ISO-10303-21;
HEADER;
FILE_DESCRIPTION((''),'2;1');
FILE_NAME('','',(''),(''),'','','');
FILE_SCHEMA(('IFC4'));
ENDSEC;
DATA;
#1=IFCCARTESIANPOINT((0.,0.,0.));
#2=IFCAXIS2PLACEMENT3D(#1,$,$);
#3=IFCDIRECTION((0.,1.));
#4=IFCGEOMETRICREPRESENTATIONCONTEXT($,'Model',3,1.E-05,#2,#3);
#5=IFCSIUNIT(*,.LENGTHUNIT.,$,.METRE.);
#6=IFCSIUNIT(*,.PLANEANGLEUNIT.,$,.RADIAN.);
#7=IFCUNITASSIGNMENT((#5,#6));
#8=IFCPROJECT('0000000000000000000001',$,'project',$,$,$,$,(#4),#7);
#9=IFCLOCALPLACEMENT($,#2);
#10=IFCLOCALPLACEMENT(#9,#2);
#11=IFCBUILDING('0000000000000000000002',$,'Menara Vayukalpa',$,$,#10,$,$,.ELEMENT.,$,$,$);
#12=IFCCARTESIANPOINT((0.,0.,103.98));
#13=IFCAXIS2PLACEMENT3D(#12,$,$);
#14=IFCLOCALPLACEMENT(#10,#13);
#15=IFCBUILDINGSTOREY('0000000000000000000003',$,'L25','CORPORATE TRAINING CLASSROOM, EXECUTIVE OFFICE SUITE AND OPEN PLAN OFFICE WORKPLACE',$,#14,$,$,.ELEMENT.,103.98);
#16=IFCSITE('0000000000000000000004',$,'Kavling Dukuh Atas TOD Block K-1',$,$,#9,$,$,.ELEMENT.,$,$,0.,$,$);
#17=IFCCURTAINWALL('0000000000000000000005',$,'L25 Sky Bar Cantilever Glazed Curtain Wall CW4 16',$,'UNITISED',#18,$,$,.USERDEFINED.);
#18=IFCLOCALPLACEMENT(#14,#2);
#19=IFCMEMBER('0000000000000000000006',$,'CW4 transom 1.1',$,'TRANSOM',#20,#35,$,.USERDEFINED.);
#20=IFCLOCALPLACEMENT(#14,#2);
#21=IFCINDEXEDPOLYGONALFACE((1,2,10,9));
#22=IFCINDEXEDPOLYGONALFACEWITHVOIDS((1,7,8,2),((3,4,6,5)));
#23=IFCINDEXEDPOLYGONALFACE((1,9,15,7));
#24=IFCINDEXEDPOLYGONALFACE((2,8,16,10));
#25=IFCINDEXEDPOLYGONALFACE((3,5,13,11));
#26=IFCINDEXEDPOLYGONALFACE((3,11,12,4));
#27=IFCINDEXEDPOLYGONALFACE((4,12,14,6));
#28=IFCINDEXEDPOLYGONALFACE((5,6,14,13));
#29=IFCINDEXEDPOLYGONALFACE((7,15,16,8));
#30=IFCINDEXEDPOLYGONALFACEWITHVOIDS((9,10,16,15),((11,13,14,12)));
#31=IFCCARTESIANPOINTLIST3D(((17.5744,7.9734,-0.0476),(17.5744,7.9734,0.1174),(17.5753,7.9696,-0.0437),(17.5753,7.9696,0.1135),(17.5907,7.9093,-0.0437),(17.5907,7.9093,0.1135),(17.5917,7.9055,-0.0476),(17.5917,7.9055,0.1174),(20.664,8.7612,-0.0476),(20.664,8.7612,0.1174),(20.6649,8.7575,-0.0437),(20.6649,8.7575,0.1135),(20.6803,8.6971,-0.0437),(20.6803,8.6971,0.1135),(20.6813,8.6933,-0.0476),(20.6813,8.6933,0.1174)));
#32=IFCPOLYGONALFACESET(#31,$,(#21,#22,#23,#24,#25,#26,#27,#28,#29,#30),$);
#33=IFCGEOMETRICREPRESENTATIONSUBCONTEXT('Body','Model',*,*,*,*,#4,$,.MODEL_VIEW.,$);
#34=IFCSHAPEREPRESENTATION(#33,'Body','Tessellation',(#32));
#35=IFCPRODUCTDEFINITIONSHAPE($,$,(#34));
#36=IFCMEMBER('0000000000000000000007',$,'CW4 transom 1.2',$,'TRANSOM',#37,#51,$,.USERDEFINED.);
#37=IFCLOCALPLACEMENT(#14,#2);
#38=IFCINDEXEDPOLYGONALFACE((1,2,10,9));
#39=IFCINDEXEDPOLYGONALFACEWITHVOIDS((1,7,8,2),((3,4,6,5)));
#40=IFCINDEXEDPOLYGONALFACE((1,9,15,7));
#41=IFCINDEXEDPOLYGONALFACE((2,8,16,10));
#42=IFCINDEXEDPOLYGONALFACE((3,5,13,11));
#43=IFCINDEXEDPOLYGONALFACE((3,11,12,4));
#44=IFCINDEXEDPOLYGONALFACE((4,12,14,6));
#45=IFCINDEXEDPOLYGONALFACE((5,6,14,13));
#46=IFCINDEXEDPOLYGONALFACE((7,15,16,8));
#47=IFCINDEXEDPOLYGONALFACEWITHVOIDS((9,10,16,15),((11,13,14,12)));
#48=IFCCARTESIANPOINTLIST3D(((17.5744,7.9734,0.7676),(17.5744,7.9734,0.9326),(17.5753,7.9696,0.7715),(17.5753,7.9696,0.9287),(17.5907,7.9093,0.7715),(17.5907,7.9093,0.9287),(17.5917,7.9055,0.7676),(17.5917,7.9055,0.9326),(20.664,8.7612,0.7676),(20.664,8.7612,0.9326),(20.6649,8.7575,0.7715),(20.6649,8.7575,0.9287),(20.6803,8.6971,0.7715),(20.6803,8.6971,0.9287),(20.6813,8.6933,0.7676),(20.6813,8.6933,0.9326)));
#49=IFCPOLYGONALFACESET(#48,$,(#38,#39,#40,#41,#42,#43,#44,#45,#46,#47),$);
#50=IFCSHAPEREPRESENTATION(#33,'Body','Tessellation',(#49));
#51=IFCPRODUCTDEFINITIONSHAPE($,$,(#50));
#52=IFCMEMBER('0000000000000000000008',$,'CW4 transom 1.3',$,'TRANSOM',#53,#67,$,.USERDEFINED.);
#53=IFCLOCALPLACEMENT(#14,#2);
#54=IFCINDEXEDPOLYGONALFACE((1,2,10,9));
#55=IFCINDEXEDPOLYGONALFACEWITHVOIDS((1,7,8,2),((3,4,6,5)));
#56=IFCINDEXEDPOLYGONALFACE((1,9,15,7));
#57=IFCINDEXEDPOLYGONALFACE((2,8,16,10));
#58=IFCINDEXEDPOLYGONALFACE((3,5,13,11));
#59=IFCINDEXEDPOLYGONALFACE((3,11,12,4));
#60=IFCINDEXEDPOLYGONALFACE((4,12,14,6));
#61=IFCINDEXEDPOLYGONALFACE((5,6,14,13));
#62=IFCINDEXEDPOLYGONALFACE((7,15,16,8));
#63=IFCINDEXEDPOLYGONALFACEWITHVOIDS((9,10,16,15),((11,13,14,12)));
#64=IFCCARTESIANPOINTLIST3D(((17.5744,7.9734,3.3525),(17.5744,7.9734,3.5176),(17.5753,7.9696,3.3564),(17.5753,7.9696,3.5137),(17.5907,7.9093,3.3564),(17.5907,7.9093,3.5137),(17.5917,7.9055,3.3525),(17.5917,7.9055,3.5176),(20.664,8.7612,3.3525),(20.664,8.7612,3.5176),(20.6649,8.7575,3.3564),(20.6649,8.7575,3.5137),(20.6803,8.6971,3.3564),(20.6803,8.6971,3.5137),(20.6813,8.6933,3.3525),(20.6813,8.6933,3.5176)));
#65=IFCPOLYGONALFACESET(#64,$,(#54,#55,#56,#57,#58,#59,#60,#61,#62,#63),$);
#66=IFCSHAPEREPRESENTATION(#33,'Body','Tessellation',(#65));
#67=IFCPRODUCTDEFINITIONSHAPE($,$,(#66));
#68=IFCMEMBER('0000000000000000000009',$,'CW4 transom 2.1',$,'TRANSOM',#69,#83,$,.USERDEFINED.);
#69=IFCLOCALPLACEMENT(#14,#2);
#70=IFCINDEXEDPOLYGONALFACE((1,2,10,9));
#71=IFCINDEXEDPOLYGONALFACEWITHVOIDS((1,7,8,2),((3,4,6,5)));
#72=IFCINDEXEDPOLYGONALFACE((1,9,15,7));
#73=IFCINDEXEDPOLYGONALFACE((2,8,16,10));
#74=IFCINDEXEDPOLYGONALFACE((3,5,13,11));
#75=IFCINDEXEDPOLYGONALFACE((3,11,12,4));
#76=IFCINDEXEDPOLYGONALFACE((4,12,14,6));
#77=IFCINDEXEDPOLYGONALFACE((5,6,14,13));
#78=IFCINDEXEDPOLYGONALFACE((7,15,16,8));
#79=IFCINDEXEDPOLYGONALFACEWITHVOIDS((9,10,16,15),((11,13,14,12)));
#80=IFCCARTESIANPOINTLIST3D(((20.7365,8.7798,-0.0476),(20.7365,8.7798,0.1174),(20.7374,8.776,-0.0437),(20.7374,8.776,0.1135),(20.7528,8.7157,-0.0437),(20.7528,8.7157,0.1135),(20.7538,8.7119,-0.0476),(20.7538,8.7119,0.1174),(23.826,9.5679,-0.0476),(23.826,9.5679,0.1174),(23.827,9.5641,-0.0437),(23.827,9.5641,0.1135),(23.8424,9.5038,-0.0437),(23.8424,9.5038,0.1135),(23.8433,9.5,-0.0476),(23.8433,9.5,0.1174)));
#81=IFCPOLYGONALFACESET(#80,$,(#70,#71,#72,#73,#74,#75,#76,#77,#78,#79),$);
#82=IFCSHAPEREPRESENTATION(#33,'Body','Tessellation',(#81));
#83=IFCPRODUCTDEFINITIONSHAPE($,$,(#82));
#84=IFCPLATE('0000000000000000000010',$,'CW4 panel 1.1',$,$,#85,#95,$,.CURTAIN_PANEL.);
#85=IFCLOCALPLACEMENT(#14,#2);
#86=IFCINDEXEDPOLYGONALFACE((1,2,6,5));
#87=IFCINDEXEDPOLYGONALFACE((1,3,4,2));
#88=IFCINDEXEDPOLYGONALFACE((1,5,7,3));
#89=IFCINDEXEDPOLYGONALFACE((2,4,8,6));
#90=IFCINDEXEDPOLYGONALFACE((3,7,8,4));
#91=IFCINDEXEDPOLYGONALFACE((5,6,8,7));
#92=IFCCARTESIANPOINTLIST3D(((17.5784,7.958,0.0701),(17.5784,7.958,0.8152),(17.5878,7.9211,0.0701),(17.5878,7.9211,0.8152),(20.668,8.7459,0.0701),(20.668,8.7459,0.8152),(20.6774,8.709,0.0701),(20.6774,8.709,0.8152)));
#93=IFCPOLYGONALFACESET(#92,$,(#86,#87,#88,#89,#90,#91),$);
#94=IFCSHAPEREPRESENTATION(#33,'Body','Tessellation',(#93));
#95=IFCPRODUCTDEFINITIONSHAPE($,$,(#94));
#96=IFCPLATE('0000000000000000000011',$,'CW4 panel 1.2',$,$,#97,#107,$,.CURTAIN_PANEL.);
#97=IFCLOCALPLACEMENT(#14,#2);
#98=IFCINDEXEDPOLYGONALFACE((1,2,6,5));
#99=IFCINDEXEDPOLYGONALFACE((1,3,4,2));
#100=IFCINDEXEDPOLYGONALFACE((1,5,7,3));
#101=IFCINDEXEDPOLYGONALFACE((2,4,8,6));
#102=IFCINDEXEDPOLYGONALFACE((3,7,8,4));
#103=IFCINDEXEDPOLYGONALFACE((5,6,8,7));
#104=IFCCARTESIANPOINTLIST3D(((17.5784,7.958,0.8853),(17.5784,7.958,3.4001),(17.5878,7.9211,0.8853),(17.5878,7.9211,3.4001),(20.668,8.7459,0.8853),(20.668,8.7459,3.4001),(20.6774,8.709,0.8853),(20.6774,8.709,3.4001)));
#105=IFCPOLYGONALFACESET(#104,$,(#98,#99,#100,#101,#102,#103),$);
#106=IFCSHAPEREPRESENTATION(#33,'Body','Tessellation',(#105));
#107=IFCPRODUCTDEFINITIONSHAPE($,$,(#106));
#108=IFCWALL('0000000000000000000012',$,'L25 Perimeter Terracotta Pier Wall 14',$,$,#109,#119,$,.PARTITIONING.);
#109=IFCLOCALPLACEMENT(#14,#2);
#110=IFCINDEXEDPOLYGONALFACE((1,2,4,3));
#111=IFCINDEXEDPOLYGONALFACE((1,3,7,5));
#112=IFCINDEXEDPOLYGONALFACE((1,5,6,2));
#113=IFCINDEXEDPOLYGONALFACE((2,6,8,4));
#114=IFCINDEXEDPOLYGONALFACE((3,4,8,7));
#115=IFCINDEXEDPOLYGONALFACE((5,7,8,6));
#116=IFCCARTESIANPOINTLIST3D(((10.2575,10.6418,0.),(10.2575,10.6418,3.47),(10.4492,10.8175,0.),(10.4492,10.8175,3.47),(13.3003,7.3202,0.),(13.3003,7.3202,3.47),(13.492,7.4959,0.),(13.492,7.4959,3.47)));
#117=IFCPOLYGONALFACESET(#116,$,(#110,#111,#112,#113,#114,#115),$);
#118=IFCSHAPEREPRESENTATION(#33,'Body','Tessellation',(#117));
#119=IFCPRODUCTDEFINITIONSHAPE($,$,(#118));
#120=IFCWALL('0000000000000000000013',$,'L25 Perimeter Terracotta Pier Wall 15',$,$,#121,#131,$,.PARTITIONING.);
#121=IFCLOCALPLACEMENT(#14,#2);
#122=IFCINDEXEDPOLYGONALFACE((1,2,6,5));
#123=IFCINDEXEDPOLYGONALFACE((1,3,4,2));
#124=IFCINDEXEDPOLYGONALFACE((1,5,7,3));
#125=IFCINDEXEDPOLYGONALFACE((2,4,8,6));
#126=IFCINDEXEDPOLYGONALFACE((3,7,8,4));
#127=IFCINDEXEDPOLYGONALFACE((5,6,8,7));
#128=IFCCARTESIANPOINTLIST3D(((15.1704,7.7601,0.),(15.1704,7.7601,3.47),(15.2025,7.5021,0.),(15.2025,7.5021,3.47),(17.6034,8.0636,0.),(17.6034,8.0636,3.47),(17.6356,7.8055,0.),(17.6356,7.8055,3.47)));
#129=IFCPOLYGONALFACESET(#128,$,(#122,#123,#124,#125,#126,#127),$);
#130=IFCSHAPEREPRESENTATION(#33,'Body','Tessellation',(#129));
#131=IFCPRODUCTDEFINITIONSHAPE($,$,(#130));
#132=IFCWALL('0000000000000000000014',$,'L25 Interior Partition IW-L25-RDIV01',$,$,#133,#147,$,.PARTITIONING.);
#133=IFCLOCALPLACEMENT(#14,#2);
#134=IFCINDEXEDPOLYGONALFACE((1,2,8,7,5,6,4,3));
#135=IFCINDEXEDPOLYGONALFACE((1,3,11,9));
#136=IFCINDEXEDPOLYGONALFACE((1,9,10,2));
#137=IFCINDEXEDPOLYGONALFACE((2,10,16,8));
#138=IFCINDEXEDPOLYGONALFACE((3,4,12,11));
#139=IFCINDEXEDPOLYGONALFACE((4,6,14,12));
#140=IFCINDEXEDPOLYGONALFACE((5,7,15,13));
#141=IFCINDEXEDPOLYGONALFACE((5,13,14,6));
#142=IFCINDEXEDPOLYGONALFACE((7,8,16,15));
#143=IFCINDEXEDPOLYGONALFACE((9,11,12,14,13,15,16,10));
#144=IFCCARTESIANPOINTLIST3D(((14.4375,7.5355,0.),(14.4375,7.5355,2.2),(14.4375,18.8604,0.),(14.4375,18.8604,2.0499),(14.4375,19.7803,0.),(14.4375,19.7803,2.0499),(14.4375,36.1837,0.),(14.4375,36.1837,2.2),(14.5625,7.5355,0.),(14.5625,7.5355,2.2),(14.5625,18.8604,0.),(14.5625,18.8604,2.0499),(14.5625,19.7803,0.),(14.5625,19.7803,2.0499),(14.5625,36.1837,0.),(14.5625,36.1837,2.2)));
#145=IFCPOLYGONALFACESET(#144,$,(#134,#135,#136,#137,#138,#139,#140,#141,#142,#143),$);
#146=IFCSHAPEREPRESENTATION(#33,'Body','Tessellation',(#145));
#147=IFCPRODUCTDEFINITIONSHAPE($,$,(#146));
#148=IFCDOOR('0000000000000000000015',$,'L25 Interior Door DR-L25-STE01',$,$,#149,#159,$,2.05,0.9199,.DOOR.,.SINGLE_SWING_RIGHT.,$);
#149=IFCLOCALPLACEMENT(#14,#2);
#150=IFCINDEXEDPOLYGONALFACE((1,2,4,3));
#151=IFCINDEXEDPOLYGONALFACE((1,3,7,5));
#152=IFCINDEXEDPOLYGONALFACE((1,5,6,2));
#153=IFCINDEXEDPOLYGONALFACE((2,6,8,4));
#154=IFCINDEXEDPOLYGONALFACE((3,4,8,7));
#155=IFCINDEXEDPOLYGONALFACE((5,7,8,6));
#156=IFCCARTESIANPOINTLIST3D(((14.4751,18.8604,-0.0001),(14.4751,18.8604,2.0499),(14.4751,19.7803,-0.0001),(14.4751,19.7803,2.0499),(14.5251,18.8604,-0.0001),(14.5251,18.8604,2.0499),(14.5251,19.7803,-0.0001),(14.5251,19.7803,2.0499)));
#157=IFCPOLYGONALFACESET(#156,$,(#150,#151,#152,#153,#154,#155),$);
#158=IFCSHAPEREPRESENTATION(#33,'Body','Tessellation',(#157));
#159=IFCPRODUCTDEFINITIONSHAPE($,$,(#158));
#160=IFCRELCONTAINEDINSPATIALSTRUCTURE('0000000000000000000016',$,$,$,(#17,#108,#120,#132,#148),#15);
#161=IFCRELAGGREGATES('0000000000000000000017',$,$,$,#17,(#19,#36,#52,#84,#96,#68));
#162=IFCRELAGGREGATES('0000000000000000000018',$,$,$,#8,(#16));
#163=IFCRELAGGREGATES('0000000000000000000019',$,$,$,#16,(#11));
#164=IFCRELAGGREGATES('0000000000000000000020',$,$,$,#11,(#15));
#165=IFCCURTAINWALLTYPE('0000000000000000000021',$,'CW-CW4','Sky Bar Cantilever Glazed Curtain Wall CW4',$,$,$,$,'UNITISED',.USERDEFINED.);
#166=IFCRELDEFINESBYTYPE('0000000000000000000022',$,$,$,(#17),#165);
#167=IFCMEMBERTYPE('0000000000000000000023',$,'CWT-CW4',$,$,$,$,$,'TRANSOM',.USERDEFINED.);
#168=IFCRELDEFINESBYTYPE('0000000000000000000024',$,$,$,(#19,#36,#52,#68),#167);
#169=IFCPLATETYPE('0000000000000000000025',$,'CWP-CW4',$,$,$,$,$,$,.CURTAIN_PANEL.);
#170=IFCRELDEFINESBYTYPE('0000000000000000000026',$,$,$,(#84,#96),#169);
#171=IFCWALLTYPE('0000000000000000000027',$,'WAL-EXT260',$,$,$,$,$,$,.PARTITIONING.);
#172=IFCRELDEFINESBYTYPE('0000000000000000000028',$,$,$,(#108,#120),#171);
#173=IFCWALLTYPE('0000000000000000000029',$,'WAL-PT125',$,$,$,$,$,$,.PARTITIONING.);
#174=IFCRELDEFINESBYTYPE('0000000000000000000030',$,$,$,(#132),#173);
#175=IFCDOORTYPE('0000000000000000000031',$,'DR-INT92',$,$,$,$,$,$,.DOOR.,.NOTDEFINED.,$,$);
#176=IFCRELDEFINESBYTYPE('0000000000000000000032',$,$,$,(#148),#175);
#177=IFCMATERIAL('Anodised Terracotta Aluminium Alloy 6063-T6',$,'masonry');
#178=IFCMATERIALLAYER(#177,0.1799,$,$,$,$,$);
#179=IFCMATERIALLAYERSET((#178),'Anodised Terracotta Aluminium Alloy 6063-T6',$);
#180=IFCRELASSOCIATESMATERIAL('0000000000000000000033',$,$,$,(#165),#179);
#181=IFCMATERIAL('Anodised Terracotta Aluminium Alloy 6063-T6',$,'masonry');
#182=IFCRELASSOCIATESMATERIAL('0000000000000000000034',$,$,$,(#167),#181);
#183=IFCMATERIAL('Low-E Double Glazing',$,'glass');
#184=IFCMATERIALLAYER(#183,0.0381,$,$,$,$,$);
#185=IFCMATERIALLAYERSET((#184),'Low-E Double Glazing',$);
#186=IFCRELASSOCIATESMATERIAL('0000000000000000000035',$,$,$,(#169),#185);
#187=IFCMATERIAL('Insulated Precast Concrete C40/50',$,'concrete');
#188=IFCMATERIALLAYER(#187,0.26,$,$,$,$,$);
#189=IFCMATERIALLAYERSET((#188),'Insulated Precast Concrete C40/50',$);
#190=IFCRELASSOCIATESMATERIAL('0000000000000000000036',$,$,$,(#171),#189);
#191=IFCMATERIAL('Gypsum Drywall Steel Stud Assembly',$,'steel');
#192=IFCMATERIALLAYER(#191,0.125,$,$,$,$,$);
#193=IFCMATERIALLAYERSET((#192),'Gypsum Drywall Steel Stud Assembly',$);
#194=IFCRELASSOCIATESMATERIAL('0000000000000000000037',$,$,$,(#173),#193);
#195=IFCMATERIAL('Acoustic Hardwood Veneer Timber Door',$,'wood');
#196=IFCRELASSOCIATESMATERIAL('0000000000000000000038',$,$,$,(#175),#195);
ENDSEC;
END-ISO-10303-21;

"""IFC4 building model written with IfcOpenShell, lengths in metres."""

from ifc_helpers import new_model, si_unit, direction, frame, frame_2d, origin, origin_2d, place, context, subcontext, project, spatial, rectangle, hollow_rectangle, extrude, material, layer, layer_set, material_profile, profile_set, type_object, element, fill, aggregate, save


model = new_model("IFC4")

# Units and contexts
model_context = context("Model", 3, precision=1e-05, world=origin(), true_north=direction((0.0, 1.0)))
body_context = subcontext(model_context, "Body", "Model", "MODEL_VIEW")
ifc_project = project(units=[si_unit("LENGTHUNIT", "METRE"), si_unit("PLANEANGLEUNIT", "RADIAN")], contexts=[model_context])

# Site, building, storey
site_placement = place(None, origin())
site = spatial("IfcSite", under=ifc_project, at=site_placement, Name="Kavling Dukuh Atas TOD Block K-1", CompositionType="ELEMENT", RefElevation=0.0)
building_placement = place(site_placement, origin())
building = spatial("IfcBuilding", under=site, at=building_placement, Name="Menara Vayukalpa", CompositionType="ELEMENT")
storey_placement = place(building_placement, frame((0.0, 0.0, 103.98)))
storey = spatial("IfcBuildingStorey", under=building, at=storey_placement, Name="L25", Description="CORPORATE TRAINING CLASSROOM, EXECUTIVE OFFICE SUITE AND OPEN PLAN OFFICE WORKPLACE", CompositionType="ELEMENT", Elevation=103.98)

# Shared definitions
ifc_material_1 = material(Name="Anodised Terracotta Aluminium Alloy 6063-T6", Category="masonry")
ifc_layer_1 = layer(ifc_material_1, 0.1799)
ifc_layer_set_1 = layer_set([ifc_layer_1], Name="Anodised Terracotta Aluminium Alloy 6063-T6")
curtain_wall_type = type_object("IfcCurtainWallType", Name="CW-CW4", Description="Sky Bar Cantilever Glazed Curtain Wall CW4", ElementType="UNITISED", PredefinedType="USERDEFINED", material=ifc_layer_set_1)

# Curtain wall, members, plates
curtain_wall_1_placement = place(storey_placement, origin())
curtain_wall_1 = element("IfcCurtainWall", 1, at=curtain_wall_1_placement, inside=storey, type_object=curtain_wall_type, Name="L25 Sky Bar Cantilever Glazed Curtain Wall CW4 16", ObjectType="UNITISED", PredefinedType="USERDEFINED")
ifc_material_2 = material(Name="Anodised Terracotta Aluminium Alloy 6063-T6", Category="masonry")
ifc_material_profile_1 = material_profile(ifc_material_2, hollow_rectangle(XDim=0.0701, YDim=0.165, WallThickness=0.0039, at=origin_2d()), Name="ALU 70x165x4")
ifc_profile_set_1 = profile_set([ifc_material_profile_1], Name="Anodised Terracotta Aluminium Alloy 6063-T6")
member_type_1 = type_object("IfcMemberType", Name="CWT-CW4", ElementType="TRANSOM", PredefinedType="USERDEFINED", material=ifc_profile_set_1)
member_1_placement = place(storey_placement, frame((17.583, 7.9395, 0.0349), z_axis=(0.968992, 0.247091, 0.0), x_axis=(-0.247091, 0.968992, 0.0)))
member_1 = element("IfcMember", 2, at=member_1_placement, type_object=member_type_1, Name="CW4 transom 1.1", ObjectType="TRANSOM", PredefinedType="USERDEFINED", context=body_context, shape_type="SweptSolid", body=[
    extrude(hollow_rectangle(XDim=0.0701, YDim=0.165, WallThickness=0.0039, at=origin_2d()), origin(), (0.0, 0.0, 1.0), 3.1885),
])
member_2_placement = place(storey_placement, frame((17.583, 7.9395, 0.8501), z_axis=(0.968992, 0.247091, 0.0), x_axis=(-0.247091, 0.968992, 0.0)))
member_2 = element("IfcMember", 3, at=member_2_placement, type_object=member_type_1, Name="CW4 transom 1.2", ObjectType="TRANSOM", PredefinedType="USERDEFINED", context=body_context, shape_type="SweptSolid", body=[
    extrude(hollow_rectangle(XDim=0.0701, YDim=0.165, WallThickness=0.0039, at=origin_2d()), origin(), (0.0, 0.0, 1.0), 3.1885),
])
member_3_placement = place(storey_placement, frame((17.583, 7.9395, 3.4351), z_axis=(0.968992, 0.247091, 0.0), x_axis=(-0.247091, 0.968992, 0.0)))
member_3 = element("IfcMember", 4, at=member_3_placement, type_object=member_type_1, Name="CW4 transom 1.3", ObjectType="TRANSOM", PredefinedType="USERDEFINED", context=body_context, shape_type="SweptSolid", body=[
    extrude(hollow_rectangle(XDim=0.0701, YDim=0.165, WallThickness=0.0039, at=origin_2d()), origin(), (0.0, 0.0, 1.0), 3.1885),
])
member_4_placement = place(storey_placement, frame((20.7451, 8.7458, 0.0349), z_axis=(0.968974, 0.247163, 0.0), x_axis=(-0.247163, 0.968974, 0.0)))
member_4 = element("IfcMember", 5, at=member_4_placement, type_object=member_type_1, Name="CW4 transom 2.1", ObjectType="TRANSOM", PredefinedType="USERDEFINED", context=body_context, shape_type="SweptSolid", body=[
    extrude(hollow_rectangle(XDim=0.0701, YDim=0.165, WallThickness=0.0039, at=origin_2d()), origin(), (0.0, 0.0, 1.0), 3.1885),
])
ifc_material_3 = material(Name="Low-E Double Glazing", Category="glass")
ifc_layer_2 = layer(ifc_material_3, 0.0381)
ifc_layer_set_2 = layer_set([ifc_layer_2], Name="Low-E Double Glazing")
plate_type = type_object("IfcPlateType", Name="CWP-CW4", PredefinedType="CURTAIN_PANEL", material=ifc_layer_set_2)
plate_1_placement = place(storey_placement, frame((19.1279, 8.3335, 0.0701), z_axis=(0.0, 0.0, 1.0), x_axis=(0.968982, 0.247131, 0.0)))
plate_1 = element("IfcPlate", 6, at=plate_1_placement, type_object=plate_type, Name="CW4 panel 1.1", PredefinedType="CURTAIN_PANEL", context=body_context, shape_type="SweptSolid", body=[
    extrude(rectangle(XDim=3.1885, YDim=0.0381, at=origin_2d()), origin(), (0.0, 0.0, 1.0), 0.7451),
])
plate_2_placement = place(storey_placement, frame((19.1279, 8.3335, 0.8853), z_axis=(0.0, 0.0, 1.0), x_axis=(0.968982, 0.247131, 0.0)))
plate_2 = element("IfcPlate", 7, at=plate_2_placement, type_object=plate_type, Name="CW4 panel 1.2", PredefinedType="CURTAIN_PANEL", context=body_context, shape_type="SweptSolid", body=[
    extrude(rectangle(XDim=3.1885, YDim=0.0381, at=origin_2d()), origin(), (0.0, 0.0, 1.0), 2.5149),
])
aggregate(curtain_wall_1, [member_1, member_2, member_3, plate_1, plate_2, member_4])

# Walls
ifc_material_4 = material(Name="Insulated Precast Concrete C40/50", Category="concrete")
ifc_layer_3 = layer(ifc_material_4, 0.26)
ifc_layer_set_3 = layer_set([ifc_layer_3], Name="Insulated Precast Concrete C40/50")
wall_type_1 = type_object("IfcWallType", Name="WAL-EXT260", PredefinedType="PARTITIONING", material=ifc_layer_set_3)
wall_1_placement = place(storey_placement, frame((13.3962, 7.408, 0.0), z_axis=(0.0, 0.0, 1.0), x_axis=(-0.675482, 0.737377, 0.0)))
element("IfcWall", 8, at=wall_1_placement, inside=storey, type_object=wall_type_1, Name="L25 Perimeter Terracotta Pier Wall 14", PredefinedType="PARTITIONING", context=body_context, shape_type="SweptSolid", body=[
    extrude(rectangle(XDim=4.5046, YDim=0.26, at=frame_2d((2.2524, 0.0))), origin(), (0.0, 0.0, 1.0), 3.47),
])
wall_2_placement = place(storey_placement, frame((17.6196, 7.9346, 0.0), z_axis=(0.0, 0.0, 1.0), x_axis=(-0.992312, -0.123765, 0.0)))
element("IfcWall", 9, at=wall_2_placement, inside=storey, type_object=wall_type_1, Name="L25 Perimeter Terracotta Pier Wall 15", PredefinedType="PARTITIONING", context=body_context, shape_type="SweptSolid", body=[
    extrude(rectangle(XDim=2.4519, YDim=0.26, at=frame_2d((1.2261, 0.0))), origin(), (0.0, 0.0, 1.0), 3.47),
])

# Wall, opening, door
ifc_material_5 = material(Name="Gypsum Drywall Steel Stud Assembly", Category="steel")
ifc_layer_4 = layer(ifc_material_5, 0.125)
ifc_layer_set_4 = layer_set([ifc_layer_4], Name="Gypsum Drywall Steel Stud Assembly")
wall_type_2 = type_object("IfcWallType", Name="WAL-PT125", PredefinedType="PARTITIONING", material=ifc_layer_set_4)
wall_3_placement = place(storey_placement, frame((14.5, 7.5354, 0.0), z_axis=(0.0, 0.0, 1.0), x_axis=(0.0, 1.0, 0.0)))
wall_3 = element("IfcWall", 10, at=wall_3_placement, inside=storey, type_object=wall_type_2, Name="L25 Interior Partition IW-L25-RDIV01", PredefinedType="PARTITIONING", context=body_context, shape_type="SweptSolid", body=[
    extrude(rectangle(XDim=28.6482, YDim=0.125, at=frame_2d((14.3242, 0.0))), origin(), (0.0, 0.0, 1.0), 2.2),
])
opening_1_placement = place(wall_3_placement, frame((11.325, 0.0, 0.0)))
opening_1 = element("IfcOpeningElement", 11, at=opening_1_placement, cuts=wall_3, PredefinedType="OPENING", context=body_context, shape_type="SweptSolid", body=[
    extrude(rectangle(XDim=0.9199, YDim=2.05, at=frame_2d((0.46, 1.0249))), frame((0.0, 0.0725, 0.0), z_axis=(0.0, -1.0, 0.0), x_axis=(1.0, 0.0, 0.0)), (0.0, 0.0, 1.0), 0.145),
])
ifc_material_6 = material(Name="Acoustic Hardwood Veneer Timber Door", Category="wood")
door_type = type_object("IfcDoorType", Name="DR-INT92", OperationType="NOTDEFINED", PredefinedType="DOOR", material=ifc_material_6)
door_1_placement = place(opening_1_placement, origin())
door_1 = element("IfcDoor", 12, at=door_1_placement, inside=storey, type_object=door_type, Name="L25 Interior Door DR-L25-STE01", OperationType="SINGLE_SWING_RIGHT", OverallHeight=2.05, OverallWidth=0.9199, PredefinedType="DOOR", context=body_context, shape_type="SweptSolid", body=[
    extrude(rectangle(XDim=0.9199, YDim=2.05, at=frame_2d((0.46, 1.0249))), frame((0.0, 0.0249, 0.0), z_axis=(0.0, -1.0, 0.0), x_axis=(1.0, 0.0, 0.0)), (0.0, 0.0, 1.0), 0.05),
])
fill(opening_1, door_1)

save(model, "model.ifc")
